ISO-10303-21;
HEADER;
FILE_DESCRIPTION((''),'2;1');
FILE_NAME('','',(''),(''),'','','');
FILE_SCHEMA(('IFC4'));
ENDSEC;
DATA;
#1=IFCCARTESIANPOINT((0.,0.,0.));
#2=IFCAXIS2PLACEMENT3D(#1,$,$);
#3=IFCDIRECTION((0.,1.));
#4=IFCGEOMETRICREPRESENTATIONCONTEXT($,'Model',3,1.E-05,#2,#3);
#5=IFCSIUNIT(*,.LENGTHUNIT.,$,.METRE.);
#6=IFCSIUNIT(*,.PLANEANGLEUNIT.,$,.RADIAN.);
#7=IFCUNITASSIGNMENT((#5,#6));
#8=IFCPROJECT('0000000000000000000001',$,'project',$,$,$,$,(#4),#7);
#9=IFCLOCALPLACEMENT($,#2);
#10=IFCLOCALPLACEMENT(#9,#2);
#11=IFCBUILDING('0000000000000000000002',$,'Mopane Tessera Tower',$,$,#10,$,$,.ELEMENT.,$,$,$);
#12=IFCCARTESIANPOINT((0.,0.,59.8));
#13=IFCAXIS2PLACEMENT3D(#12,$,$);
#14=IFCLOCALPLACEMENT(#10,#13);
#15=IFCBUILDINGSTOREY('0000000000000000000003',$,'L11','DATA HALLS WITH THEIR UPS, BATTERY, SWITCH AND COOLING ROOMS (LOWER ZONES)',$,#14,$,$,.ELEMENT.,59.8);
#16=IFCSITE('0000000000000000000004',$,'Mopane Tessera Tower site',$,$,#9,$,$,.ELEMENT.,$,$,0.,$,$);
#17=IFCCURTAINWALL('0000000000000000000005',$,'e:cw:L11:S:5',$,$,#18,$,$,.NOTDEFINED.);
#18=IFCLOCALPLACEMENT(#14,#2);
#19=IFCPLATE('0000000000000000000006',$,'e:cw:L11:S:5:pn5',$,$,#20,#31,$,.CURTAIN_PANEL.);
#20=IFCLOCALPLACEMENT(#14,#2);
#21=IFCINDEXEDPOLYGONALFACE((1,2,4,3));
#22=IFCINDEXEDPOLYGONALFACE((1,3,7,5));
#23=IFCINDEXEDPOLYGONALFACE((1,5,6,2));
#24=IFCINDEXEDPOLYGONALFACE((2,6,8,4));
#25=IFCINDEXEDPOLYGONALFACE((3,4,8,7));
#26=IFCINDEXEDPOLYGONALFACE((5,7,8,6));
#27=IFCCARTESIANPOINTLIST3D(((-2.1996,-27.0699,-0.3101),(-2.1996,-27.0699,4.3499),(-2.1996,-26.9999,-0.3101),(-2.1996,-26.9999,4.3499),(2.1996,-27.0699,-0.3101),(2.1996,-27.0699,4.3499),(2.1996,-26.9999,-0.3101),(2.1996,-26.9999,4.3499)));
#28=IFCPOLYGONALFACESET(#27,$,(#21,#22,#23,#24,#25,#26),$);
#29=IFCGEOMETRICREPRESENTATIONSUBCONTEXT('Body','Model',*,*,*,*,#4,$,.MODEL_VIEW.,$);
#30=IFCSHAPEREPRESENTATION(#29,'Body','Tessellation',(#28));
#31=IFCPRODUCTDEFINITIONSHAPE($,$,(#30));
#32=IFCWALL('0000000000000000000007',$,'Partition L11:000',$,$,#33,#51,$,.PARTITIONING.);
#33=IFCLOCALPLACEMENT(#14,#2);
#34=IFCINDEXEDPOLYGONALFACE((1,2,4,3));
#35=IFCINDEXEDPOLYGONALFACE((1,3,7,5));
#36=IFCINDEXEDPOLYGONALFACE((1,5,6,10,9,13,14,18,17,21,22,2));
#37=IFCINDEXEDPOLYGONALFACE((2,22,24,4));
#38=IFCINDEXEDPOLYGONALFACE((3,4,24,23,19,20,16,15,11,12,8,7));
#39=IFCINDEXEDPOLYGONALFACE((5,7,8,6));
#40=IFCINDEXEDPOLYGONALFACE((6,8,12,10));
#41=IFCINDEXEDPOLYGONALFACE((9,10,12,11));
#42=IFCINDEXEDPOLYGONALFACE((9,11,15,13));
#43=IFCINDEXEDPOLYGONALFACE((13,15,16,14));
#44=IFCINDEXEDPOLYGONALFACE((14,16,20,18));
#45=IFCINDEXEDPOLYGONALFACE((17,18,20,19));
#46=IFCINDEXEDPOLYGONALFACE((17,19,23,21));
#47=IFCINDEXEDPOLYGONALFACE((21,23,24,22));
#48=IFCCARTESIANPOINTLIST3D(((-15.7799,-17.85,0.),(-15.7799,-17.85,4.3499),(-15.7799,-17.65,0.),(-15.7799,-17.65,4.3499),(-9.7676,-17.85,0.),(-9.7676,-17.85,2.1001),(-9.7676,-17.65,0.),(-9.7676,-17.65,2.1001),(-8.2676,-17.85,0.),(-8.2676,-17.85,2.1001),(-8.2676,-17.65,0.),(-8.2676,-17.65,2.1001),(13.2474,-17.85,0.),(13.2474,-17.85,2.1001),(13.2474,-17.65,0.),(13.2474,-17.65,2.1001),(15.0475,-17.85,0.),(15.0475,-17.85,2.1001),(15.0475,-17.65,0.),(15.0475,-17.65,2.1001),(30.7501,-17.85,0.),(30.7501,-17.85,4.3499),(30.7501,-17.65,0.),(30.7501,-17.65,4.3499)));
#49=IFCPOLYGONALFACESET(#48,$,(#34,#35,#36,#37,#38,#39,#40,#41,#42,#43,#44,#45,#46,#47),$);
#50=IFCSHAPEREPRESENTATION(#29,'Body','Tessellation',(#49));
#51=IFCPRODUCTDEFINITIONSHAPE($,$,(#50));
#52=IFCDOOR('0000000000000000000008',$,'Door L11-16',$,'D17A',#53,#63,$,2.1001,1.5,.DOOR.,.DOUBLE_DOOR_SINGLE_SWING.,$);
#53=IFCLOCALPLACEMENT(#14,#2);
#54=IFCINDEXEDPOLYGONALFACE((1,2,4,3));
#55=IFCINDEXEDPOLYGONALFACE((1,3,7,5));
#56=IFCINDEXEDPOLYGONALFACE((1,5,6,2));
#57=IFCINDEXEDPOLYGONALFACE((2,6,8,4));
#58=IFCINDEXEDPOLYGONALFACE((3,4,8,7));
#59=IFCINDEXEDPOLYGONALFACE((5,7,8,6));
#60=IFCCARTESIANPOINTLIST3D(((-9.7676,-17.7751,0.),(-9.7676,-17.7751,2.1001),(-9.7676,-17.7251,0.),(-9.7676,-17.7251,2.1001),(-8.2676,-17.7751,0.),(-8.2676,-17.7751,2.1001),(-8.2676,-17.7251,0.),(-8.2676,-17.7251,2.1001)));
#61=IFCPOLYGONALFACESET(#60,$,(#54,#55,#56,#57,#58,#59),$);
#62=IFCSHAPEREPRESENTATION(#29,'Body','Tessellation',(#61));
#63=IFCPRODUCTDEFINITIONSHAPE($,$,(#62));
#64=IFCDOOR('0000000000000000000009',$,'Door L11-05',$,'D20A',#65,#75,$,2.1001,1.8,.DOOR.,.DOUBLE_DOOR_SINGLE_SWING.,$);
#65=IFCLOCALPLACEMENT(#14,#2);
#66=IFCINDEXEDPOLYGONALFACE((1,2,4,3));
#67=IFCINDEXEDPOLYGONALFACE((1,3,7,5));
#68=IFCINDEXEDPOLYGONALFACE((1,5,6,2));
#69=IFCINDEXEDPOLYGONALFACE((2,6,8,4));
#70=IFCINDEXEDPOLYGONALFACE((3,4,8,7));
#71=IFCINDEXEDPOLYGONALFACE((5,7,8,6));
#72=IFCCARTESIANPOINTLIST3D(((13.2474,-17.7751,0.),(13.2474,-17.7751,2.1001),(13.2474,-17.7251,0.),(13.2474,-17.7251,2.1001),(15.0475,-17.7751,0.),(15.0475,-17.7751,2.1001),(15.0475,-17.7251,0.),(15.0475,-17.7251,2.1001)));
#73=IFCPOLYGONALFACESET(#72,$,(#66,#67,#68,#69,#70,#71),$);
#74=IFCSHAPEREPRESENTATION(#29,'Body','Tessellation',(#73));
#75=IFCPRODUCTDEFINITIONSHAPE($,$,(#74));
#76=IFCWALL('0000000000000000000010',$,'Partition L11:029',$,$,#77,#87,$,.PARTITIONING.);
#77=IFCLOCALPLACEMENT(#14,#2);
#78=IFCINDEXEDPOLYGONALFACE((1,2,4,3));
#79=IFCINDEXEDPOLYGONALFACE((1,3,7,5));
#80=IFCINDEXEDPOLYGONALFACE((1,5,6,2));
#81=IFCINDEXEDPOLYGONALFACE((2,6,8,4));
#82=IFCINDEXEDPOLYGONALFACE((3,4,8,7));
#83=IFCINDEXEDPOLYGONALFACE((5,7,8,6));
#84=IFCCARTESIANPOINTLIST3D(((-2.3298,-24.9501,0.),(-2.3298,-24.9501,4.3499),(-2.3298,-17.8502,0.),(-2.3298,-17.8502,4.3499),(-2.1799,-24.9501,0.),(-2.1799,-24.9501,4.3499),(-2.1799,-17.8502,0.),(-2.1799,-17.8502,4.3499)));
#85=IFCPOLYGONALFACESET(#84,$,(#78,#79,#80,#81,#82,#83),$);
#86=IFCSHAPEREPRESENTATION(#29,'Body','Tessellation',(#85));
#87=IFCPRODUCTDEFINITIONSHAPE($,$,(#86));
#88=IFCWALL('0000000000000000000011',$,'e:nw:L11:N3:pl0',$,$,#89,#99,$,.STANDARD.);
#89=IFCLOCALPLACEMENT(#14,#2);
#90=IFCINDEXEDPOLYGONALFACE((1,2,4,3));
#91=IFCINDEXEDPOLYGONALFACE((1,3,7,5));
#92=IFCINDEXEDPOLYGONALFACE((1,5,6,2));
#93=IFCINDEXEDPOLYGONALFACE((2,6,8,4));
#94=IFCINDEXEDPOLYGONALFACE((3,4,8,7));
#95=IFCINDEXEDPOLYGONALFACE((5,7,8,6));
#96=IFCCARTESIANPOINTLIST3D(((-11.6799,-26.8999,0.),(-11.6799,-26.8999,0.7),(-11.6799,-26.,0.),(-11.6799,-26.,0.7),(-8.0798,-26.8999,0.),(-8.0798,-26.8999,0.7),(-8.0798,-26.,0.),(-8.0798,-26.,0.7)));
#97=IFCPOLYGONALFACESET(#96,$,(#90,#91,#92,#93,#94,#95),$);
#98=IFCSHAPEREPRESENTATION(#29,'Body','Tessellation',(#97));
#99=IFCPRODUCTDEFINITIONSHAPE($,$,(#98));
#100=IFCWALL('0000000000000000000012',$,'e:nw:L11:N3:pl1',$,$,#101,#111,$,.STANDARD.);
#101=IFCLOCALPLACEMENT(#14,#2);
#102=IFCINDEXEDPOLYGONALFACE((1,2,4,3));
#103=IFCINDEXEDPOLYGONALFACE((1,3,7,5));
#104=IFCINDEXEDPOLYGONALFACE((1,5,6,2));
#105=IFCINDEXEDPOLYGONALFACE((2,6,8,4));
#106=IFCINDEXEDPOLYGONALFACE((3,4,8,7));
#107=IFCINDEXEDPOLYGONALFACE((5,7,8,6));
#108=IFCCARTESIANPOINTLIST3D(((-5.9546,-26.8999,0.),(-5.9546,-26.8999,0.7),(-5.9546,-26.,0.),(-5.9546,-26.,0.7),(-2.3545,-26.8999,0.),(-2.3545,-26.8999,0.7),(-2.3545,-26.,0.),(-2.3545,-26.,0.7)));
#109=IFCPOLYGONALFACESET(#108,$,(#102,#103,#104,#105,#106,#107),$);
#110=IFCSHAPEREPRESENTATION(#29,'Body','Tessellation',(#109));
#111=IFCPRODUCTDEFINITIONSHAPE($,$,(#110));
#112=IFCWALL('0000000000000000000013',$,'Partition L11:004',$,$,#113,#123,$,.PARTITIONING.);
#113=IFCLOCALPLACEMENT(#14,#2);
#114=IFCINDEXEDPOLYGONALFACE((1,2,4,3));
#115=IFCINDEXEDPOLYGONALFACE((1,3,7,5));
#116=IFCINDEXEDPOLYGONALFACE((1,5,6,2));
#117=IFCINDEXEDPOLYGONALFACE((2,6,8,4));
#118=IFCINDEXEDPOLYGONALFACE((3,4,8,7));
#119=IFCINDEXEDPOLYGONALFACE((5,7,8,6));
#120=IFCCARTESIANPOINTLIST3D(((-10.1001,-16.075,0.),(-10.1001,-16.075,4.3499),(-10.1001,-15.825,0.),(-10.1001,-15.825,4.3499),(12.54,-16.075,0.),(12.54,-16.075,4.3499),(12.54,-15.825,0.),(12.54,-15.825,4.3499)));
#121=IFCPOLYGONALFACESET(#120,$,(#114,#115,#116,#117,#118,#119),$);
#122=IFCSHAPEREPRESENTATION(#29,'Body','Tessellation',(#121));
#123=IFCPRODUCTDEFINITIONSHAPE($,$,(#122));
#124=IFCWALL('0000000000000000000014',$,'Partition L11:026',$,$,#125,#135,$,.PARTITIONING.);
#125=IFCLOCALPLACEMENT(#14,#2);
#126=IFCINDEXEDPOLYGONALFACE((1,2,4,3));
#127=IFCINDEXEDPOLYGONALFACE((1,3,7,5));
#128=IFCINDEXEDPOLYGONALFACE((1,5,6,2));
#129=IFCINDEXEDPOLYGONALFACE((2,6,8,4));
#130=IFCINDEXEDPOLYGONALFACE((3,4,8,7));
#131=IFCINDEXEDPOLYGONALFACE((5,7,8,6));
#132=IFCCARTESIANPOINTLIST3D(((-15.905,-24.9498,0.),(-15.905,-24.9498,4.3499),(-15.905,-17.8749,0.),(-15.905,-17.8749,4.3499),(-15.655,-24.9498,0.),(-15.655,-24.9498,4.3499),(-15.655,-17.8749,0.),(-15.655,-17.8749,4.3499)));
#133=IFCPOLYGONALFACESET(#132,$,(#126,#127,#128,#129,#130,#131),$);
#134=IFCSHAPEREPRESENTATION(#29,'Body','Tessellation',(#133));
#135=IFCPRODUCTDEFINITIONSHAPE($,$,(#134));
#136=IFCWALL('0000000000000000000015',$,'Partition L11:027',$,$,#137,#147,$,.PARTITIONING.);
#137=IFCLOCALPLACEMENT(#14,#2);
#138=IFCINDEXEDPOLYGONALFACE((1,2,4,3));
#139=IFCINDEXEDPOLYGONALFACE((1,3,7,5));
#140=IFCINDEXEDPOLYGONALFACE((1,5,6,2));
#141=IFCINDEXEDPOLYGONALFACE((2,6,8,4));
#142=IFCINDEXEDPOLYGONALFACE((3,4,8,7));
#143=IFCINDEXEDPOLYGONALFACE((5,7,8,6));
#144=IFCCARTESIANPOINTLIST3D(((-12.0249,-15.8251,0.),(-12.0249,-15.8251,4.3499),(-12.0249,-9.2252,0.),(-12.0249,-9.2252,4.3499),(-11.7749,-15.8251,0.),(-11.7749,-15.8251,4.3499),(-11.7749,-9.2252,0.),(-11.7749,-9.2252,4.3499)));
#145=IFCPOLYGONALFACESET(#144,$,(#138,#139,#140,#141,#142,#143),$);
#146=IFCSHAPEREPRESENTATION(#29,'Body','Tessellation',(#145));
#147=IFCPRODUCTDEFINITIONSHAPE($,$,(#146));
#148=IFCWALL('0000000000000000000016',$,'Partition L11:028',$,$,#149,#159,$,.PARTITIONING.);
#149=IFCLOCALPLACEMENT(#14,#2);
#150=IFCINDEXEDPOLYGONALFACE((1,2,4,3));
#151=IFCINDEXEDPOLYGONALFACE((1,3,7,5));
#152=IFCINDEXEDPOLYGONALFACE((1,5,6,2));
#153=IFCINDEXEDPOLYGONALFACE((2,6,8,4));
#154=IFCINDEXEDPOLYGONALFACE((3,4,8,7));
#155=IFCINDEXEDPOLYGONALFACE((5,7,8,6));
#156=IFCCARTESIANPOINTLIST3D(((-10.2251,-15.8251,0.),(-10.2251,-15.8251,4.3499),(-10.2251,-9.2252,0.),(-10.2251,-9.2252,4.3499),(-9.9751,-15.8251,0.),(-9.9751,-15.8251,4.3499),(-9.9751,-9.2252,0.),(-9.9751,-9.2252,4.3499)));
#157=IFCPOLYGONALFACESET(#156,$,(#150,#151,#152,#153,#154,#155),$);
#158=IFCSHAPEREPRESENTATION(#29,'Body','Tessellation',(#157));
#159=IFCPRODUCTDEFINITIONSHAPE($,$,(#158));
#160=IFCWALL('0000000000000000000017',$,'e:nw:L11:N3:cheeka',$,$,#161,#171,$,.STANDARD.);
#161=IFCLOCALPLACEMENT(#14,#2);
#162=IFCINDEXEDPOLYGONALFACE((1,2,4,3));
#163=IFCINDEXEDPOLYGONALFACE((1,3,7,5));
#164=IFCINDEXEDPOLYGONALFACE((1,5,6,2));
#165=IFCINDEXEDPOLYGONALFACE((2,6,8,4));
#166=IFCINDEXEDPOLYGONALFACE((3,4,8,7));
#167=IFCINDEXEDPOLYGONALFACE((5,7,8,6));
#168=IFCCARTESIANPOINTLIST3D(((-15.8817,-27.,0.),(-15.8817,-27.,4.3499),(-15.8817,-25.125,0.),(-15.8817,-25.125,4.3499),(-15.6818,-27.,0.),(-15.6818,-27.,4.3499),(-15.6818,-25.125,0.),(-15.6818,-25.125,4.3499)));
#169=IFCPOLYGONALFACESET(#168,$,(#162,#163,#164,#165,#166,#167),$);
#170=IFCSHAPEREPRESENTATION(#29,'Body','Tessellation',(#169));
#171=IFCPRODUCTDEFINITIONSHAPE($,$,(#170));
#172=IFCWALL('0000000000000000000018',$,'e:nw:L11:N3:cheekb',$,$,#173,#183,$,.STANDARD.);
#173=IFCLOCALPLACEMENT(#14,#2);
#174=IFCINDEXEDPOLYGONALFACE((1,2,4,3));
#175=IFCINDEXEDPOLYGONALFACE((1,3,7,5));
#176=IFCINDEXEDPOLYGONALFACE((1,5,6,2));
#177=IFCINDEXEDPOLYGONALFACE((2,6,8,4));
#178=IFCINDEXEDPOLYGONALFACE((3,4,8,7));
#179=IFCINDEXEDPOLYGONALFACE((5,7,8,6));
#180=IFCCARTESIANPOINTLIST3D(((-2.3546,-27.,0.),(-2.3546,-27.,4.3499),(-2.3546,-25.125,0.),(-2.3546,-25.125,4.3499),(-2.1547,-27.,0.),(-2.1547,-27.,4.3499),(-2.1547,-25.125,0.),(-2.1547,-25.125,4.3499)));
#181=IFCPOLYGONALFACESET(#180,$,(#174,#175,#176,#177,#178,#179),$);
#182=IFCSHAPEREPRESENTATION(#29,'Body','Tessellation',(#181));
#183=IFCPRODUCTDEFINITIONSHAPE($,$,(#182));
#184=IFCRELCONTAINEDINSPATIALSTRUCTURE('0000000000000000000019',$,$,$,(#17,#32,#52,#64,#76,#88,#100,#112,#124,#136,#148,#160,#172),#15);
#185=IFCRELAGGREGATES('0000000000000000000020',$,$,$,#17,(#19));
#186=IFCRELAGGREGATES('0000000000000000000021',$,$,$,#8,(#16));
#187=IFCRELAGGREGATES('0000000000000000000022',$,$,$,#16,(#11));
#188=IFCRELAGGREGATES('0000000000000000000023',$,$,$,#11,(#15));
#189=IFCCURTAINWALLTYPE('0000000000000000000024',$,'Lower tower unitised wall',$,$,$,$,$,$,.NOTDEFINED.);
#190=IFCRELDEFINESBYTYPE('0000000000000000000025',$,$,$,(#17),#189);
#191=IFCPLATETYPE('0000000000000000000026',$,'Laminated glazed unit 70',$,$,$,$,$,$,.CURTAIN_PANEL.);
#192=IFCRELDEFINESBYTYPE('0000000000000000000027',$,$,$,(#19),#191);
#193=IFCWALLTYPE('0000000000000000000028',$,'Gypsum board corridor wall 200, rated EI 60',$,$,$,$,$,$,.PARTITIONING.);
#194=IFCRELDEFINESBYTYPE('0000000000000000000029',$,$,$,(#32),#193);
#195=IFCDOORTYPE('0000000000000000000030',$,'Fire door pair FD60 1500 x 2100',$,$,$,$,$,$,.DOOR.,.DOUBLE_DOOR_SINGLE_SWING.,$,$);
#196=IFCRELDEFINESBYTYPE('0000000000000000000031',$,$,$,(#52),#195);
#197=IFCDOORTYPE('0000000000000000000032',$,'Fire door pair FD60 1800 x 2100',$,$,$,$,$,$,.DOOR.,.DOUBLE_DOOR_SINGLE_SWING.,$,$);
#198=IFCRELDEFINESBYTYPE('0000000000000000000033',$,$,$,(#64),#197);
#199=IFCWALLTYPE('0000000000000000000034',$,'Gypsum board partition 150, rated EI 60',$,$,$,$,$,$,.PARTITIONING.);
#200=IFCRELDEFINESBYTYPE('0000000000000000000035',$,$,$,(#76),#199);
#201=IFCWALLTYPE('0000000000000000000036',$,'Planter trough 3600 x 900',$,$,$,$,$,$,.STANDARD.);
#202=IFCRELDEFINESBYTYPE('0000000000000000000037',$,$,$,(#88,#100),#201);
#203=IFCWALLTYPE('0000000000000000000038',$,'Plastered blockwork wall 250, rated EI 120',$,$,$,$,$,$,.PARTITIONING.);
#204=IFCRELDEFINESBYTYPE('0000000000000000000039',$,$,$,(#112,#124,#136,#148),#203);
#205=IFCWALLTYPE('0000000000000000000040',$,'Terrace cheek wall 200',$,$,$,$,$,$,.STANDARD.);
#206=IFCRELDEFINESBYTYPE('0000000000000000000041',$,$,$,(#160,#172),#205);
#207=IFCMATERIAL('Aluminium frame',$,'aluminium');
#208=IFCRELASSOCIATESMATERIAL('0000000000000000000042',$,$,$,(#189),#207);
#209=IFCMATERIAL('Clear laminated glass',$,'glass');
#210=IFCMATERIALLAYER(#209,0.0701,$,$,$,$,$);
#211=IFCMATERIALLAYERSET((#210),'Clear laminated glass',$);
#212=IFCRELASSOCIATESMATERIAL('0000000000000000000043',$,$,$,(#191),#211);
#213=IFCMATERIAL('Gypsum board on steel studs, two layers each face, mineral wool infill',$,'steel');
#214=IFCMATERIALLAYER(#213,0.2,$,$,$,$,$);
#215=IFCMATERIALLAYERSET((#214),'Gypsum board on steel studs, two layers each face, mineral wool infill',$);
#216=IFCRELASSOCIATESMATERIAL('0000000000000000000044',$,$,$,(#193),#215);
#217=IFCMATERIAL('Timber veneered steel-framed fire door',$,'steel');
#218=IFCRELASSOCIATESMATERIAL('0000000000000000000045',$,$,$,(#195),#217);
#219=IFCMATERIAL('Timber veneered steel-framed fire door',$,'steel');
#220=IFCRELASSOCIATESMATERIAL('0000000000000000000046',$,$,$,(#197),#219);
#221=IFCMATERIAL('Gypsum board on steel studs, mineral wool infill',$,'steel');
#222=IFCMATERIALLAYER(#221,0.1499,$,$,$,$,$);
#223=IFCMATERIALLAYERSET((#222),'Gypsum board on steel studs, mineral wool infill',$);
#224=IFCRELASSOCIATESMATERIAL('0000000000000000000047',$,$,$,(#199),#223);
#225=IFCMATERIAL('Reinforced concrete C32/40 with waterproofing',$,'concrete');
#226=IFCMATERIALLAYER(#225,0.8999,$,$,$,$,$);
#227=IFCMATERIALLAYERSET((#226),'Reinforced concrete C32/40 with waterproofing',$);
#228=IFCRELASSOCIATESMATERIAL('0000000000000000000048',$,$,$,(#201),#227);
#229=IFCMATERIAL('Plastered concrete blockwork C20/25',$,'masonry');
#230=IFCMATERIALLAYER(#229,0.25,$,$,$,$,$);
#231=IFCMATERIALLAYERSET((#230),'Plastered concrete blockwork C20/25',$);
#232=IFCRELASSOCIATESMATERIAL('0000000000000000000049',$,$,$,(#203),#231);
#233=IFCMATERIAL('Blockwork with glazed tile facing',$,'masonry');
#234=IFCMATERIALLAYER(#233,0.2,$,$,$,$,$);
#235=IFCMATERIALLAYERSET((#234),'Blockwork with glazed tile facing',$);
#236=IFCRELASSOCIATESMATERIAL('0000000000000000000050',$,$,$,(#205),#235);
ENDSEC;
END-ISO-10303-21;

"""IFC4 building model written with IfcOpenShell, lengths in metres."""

from ifc_helpers import new_model, si_unit, direction, frame, frame_2d, origin, origin_2d, place, context, subcontext, project, spatial, rectangle, extrude, material, layer, layer_set, type_object, element, fill, aggregate, save


model = new_model("IFC4")

# Units and contexts
model_context = context("Model", 3, precision=1e-05, world=origin(), true_north=direction((0.0, 1.0)))
body_context = subcontext(model_context, "Body", "Model", "MODEL_VIEW")
ifc_project = project(units=[si_unit("LENGTHUNIT", "METRE"), si_unit("PLANEANGLEUNIT", "RADIAN")], contexts=[model_context])

# Site, building, storey
site_placement = place(None, origin())
site = spatial("IfcSite", under=ifc_project, at=site_placement, Name="Mopane Tessera Tower site", CompositionType="ELEMENT", RefElevation=0.0)
building_placement = place(site_placement, origin())
building = spatial("IfcBuilding", under=site, at=building_placement, Name="Mopane Tessera Tower", CompositionType="ELEMENT")
storey_placement = place(building_placement, frame((0.0, 0.0, 59.8)))
storey = spatial("IfcBuildingStorey", under=building, at=storey_placement, Name="L11", Description="DATA HALLS WITH THEIR UPS, BATTERY, SWITCH AND COOLING ROOMS (LOWER ZONES)", CompositionType="ELEMENT", Elevation=59.8)

# Shared definitions
ifc_material_1 = material(Name="Aluminium frame", Category="aluminium")
curtain_wall_type = type_object("IfcCurtainWallType", Name="Lower tower unitised wall", PredefinedType="NOTDEFINED", material=ifc_material_1)

# Curtain wall
curtain_wall_1_placement = place(storey_placement, origin())
curtain_wall_1 = element("IfcCurtainWall", 1, at=curtain_wall_1_placement, inside=storey, type_object=curtain_wall_type, Name="e:cw:L11:S:5", PredefinedType="NOTDEFINED")

# Plate
ifc_material_2 = material(Name="Clear laminated glass", Category="glass")
ifc_layer_1 = layer(ifc_material_2, 0.0701)
ifc_layer_set_1 = layer_set([ifc_layer_1], Name="Clear laminated glass")
plate_type = type_object("IfcPlateType", Name="Laminated glazed unit 70", PredefinedType="CURTAIN_PANEL", material=ifc_layer_set_1)
plate_placement = place(storey_placement, frame((0.0, -27.0349, -0.3101), z_axis=(0.0, 0.0, 1.0), x_axis=(1.0, 0.0, 0.0)))
plate = element("IfcPlate", 2, at=plate_placement, type_object=plate_type, Name="e:cw:L11:S:5:pn5", PredefinedType="CURTAIN_PANEL", context=body_context, shape_type="SweptSolid", body=[
    extrude(rectangle(XDim=4.3992, YDim=0.0701, at=origin_2d()), origin(), (0.0, 0.0, 1.0), 4.6599),
])
aggregate(curtain_wall_1, [plate])

# Wall, openings, doors
ifc_material_3 = material(Name="Gypsum board on steel studs, two layers each face, mineral wool infill", Category="steel")
ifc_layer_2 = layer(ifc_material_3, 0.2)
ifc_layer_set_2 = layer_set([ifc_layer_2], Name="Gypsum board on steel studs, two layers each face, mineral wool infill")
wall_type_1 = type_object("IfcWallType", Name="Gypsum board corridor wall 200, rated EI 60", PredefinedType="PARTITIONING", material=ifc_layer_set_2)
wall_1_placement = place(storey_placement, frame((-15.78, -17.75, 0.0), z_axis=(0.0, 0.0, 1.0), x_axis=(1.0, 0.0, 0.0)))
wall_1 = element("IfcWall", 3, at=wall_1_placement, inside=storey, type_object=wall_type_1, Name="Partition L11:000", PredefinedType="PARTITIONING", context=body_context, shape_type="SweptSolid", body=[
    extrude(rectangle(XDim=46.53, YDim=0.2, at=frame_2d((23.2651, 0.0))), origin(), (0.0, 0.0, 1.0), 4.3499),
])
opening_1_placement = place(wall_1_placement, frame((29.0276, 0.0, 0.0)))
opening_1 = element("IfcOpeningElement", 4, at=opening_1_placement, cuts=wall_1, PredefinedType="OPENING", context=body_context, shape_type="SweptSolid", body=[
    extrude(rectangle(XDim=1.8, YDim=2.1001, at=frame_2d((0.8999, 1.05))), frame((0.0, 0.1121, 0.0), z_axis=(0.0, -1.0, 0.0), x_axis=(1.0, 0.0, 0.0)), (0.0, 0.0, 1.0), 0.2239),
])
opening_2_placement = place(wall_1_placement, frame((6.0125, 0.0, 0.0)))
opening_2 = element("IfcOpeningElement", 5, at=opening_2_placement, cuts=wall_1, PredefinedType="OPENING", context=body_context, shape_type="SweptSolid", body=[
    extrude(rectangle(XDim=1.5, YDim=2.1001, at=frame_2d((0.75, 1.05))), frame((0.0, 0.1121, 0.0), z_axis=(0.0, -1.0, 0.0), x_axis=(1.0, 0.0, 0.0)), (0.0, 0.0, 1.0), 0.2239),
])
ifc_material_4 = material(Name="Timber veneered steel-framed fire door", Category="steel")
door_type_1 = type_object("IfcDoorType", Name="Fire door pair FD60 1500 x 2100", OperationType="DOUBLE_DOOR_SINGLE_SWING", PredefinedType="DOOR", material=ifc_material_4)
door_1_placement = place(opening_2_placement, origin())
door_1 = element("IfcDoor", 6, at=door_1_placement, inside=storey, type_object=door_type_1, Name="Door L11-16", ObjectType="D17A", OperationType="DOUBLE_DOOR_SINGLE_SWING", OverallHeight=2.1001, OverallWidth=1.5, PredefinedType="DOOR", context=body_context, shape_type="SweptSolid", body=[
    extrude(rectangle(XDim=1.5, YDim=2.1001, at=frame_2d((0.75, 1.05))), frame((0.0, 0.0249, 0.0), z_axis=(0.0, -1.0, 0.0), x_axis=(1.0, 0.0, 0.0)), (0.0, 0.0, 1.0), 0.05),
])
fill(opening_2, door_1)
ifc_material_5 = material(Name="Timber veneered steel-framed fire door", Category="steel")
door_type_2 = type_object("IfcDoorType", Name="Fire door pair FD60 1800 x 2100", OperationType="DOUBLE_DOOR_SINGLE_SWING", PredefinedType="DOOR", material=ifc_material_5)
door_2_placement = place(opening_1_placement, origin())
door_2 = element("IfcDoor", 7, at=door_2_placement, inside=storey, type_object=door_type_2, Name="Door L11-05", ObjectType="D20A", OperationType="DOUBLE_DOOR_SINGLE_SWING", OverallHeight=2.1001, OverallWidth=1.8, PredefinedType="DOOR", context=body_context, shape_type="SweptSolid", body=[
    extrude(rectangle(XDim=1.8, YDim=2.1001, at=frame_2d((0.8999, 1.05))), frame((0.0, 0.0249, 0.0), z_axis=(0.0, -1.0, 0.0), x_axis=(1.0, 0.0, 0.0)), (0.0, 0.0, 1.0), 0.05),
])
fill(opening_1, door_2)

# Walls
ifc_material_6 = material(Name="Gypsum board on steel studs, mineral wool infill", Category="steel")
ifc_layer_3 = layer(ifc_material_6, 0.1499)
ifc_layer_set_3 = layer_set([ifc_layer_3], Name="Gypsum board on steel studs, mineral wool infill")
wall_type_2 = type_object("IfcWallType", Name="Gypsum board partition 150, rated EI 60", PredefinedType="PARTITIONING", material=ifc_layer_set_3)
wall_2_placement = place(storey_placement, frame((-2.2549, -24.95, 0.0), z_axis=(0.0, 0.0, 1.0), x_axis=(0.0, 1.0, 0.0)))
element("IfcWall", 8, at=wall_2_placement, inside=storey, type_object=wall_type_2, Name="Partition L11:029", PredefinedType="PARTITIONING", context=body_context, shape_type="SweptSolid", body=[
    extrude(rectangle(XDim=7.0999, YDim=0.1499, at=frame_2d((3.5498, 0.0))), origin(), (0.0, 0.0, 1.0), 4.3499),
])
ifc_material_7 = material(Name="Reinforced concrete C32/40 with waterproofing", Category="concrete")
ifc_layer_4 = layer(ifc_material_7, 0.8999)
ifc_layer_set_4 = layer_set([ifc_layer_4], Name="Reinforced concrete C32/40 with waterproofing")
wall_type_3 = type_object("IfcWallType", Name="Planter trough 3600 x 900", PredefinedType="STANDARD", material=ifc_layer_set_4)
for number, where, z_axis, x_axis, name in (
    (9, (-11.6799, -26.45, 0.0), (0.0, 0.0, 1.0), (1.0, 0.0, 0.0), "e:nw:L11:N3:pl0"),
    (10, (-5.9546, -26.45, 0.0), (0.0, 0.0, 1.0), (1.0, 0.0, 0.0), "e:nw:L11:N3:pl1"),
):
    element("IfcWall", number, at=place(storey_placement, frame(where, z_axis=z_axis, x_axis=x_axis)), inside=storey, type_object=wall_type_3, Name=name, PredefinedType="STANDARD", context=body_context, shape_type="SweptSolid", body=[
        extrude(rectangle(XDim=3.6001, YDim=0.8999, at=frame_2d((1.8, 0.0))), origin(), (0.0, 0.0, 1.0), 0.7),
    ])
ifc_material_8 = material(Name="Plastered concrete blockwork C20/25", Category="masonry")
ifc_layer_5 = layer(ifc_material_8, 0.25)
ifc_layer_set_5 = layer_set([ifc_layer_5], Name="Plastered concrete blockwork C20/25")
wall_type_4 = type_object("IfcWallType", Name="Plastered blockwork wall 250, rated EI 120", PredefinedType="PARTITIONING", material=ifc_layer_set_5)
wall_3_placement = place(storey_placement, frame((-10.1001, -15.95, 0.0), z_axis=(0.0, 0.0, 1.0), x_axis=(1.0, 0.0, 0.0)))
element("IfcWall", 11, at=wall_3_placement, inside=storey, type_object=wall_type_4, Name="Partition L11:004", PredefinedType="PARTITIONING", context=body_context, shape_type="SweptSolid", body=[
    extrude(rectangle(XDim=22.6401, YDim=0.25, at=frame_2d((11.3201, 0.0))), origin(), (0.0, 0.0, 1.0), 4.3499),
])
wall_4_placement = place(storey_placement, frame((-15.78, -24.95, 0.0), z_axis=(0.0, 0.0, 1.0), x_axis=(0.0, 1.0, 0.0)))
element("IfcWall", 12, at=wall_4_placement, inside=storey, type_object=wall_type_4, Name="Partition L11:026", PredefinedType="PARTITIONING", context=body_context, shape_type="SweptSolid", body=[
    extrude(rectangle(XDim=7.075, YDim=0.25, at=frame_2d((3.5376, 0.0))), origin(), (0.0, 0.0, 1.0), 4.3499),
])
for number, where, z_axis, x_axis, name in (
    (13, (-11.8999, -15.825, 0.0), (0.0, 0.0, 1.0), (0.0, 1.0, 0.0), "Partition L11:027"),
    (14, (-10.1001, -15.825, 0.0), (0.0, 0.0, 1.0), (0.0, 1.0, 0.0), "Partition L11:028"),
):
    element("IfcWall", number, at=place(storey_placement, frame(where, z_axis=z_axis, x_axis=x_axis)), inside=storey, type_object=wall_type_4, Name=name, PredefinedType="PARTITIONING", context=body_context, shape_type="SweptSolid", body=[
        extrude(rectangle(XDim=6.5999, YDim=0.25, at=frame_2d((3.2998, 0.0))), origin(), (0.0, 0.0, 1.0), 4.3499),
    ])
ifc_material_9 = material(Name="Blockwork with glazed tile facing", Category="masonry")
ifc_layer_6 = layer(ifc_material_9, 0.2)
ifc_layer_set_6 = layer_set([ifc_layer_6], Name="Blockwork with glazed tile facing")
wall_type_5 = type_object("IfcWallType", Name="Terrace cheek wall 200", PredefinedType="STANDARD", material=ifc_layer_set_6)
for number, where, z_axis, x_axis, name in (
    (15, (-15.7817, -27.0, 0.0), (0.0, 0.0, 1.0), (0.0, 1.0, 0.0), "e:nw:L11:N3:cheeka"),
    (16, (-2.2546, -27.0, 0.0), (0.0, 0.0, 1.0), (0.0, 1.0, 0.0), "e:nw:L11:N3:cheekb"),
):
    element("IfcWall", number, at=place(storey_placement, frame(where, z_axis=z_axis, x_axis=x_axis)), inside=storey, type_object=wall_type_5, Name=name, PredefinedType="STANDARD", context=body_context, shape_type="SweptSolid", body=[
        extrude(rectangle(XDim=1.875, YDim=0.2, at=frame_2d((0.9375, 0.0))), origin(), (0.0, 0.0, 1.0), 4.3499),
    ])

save(model, "model.ifc")
